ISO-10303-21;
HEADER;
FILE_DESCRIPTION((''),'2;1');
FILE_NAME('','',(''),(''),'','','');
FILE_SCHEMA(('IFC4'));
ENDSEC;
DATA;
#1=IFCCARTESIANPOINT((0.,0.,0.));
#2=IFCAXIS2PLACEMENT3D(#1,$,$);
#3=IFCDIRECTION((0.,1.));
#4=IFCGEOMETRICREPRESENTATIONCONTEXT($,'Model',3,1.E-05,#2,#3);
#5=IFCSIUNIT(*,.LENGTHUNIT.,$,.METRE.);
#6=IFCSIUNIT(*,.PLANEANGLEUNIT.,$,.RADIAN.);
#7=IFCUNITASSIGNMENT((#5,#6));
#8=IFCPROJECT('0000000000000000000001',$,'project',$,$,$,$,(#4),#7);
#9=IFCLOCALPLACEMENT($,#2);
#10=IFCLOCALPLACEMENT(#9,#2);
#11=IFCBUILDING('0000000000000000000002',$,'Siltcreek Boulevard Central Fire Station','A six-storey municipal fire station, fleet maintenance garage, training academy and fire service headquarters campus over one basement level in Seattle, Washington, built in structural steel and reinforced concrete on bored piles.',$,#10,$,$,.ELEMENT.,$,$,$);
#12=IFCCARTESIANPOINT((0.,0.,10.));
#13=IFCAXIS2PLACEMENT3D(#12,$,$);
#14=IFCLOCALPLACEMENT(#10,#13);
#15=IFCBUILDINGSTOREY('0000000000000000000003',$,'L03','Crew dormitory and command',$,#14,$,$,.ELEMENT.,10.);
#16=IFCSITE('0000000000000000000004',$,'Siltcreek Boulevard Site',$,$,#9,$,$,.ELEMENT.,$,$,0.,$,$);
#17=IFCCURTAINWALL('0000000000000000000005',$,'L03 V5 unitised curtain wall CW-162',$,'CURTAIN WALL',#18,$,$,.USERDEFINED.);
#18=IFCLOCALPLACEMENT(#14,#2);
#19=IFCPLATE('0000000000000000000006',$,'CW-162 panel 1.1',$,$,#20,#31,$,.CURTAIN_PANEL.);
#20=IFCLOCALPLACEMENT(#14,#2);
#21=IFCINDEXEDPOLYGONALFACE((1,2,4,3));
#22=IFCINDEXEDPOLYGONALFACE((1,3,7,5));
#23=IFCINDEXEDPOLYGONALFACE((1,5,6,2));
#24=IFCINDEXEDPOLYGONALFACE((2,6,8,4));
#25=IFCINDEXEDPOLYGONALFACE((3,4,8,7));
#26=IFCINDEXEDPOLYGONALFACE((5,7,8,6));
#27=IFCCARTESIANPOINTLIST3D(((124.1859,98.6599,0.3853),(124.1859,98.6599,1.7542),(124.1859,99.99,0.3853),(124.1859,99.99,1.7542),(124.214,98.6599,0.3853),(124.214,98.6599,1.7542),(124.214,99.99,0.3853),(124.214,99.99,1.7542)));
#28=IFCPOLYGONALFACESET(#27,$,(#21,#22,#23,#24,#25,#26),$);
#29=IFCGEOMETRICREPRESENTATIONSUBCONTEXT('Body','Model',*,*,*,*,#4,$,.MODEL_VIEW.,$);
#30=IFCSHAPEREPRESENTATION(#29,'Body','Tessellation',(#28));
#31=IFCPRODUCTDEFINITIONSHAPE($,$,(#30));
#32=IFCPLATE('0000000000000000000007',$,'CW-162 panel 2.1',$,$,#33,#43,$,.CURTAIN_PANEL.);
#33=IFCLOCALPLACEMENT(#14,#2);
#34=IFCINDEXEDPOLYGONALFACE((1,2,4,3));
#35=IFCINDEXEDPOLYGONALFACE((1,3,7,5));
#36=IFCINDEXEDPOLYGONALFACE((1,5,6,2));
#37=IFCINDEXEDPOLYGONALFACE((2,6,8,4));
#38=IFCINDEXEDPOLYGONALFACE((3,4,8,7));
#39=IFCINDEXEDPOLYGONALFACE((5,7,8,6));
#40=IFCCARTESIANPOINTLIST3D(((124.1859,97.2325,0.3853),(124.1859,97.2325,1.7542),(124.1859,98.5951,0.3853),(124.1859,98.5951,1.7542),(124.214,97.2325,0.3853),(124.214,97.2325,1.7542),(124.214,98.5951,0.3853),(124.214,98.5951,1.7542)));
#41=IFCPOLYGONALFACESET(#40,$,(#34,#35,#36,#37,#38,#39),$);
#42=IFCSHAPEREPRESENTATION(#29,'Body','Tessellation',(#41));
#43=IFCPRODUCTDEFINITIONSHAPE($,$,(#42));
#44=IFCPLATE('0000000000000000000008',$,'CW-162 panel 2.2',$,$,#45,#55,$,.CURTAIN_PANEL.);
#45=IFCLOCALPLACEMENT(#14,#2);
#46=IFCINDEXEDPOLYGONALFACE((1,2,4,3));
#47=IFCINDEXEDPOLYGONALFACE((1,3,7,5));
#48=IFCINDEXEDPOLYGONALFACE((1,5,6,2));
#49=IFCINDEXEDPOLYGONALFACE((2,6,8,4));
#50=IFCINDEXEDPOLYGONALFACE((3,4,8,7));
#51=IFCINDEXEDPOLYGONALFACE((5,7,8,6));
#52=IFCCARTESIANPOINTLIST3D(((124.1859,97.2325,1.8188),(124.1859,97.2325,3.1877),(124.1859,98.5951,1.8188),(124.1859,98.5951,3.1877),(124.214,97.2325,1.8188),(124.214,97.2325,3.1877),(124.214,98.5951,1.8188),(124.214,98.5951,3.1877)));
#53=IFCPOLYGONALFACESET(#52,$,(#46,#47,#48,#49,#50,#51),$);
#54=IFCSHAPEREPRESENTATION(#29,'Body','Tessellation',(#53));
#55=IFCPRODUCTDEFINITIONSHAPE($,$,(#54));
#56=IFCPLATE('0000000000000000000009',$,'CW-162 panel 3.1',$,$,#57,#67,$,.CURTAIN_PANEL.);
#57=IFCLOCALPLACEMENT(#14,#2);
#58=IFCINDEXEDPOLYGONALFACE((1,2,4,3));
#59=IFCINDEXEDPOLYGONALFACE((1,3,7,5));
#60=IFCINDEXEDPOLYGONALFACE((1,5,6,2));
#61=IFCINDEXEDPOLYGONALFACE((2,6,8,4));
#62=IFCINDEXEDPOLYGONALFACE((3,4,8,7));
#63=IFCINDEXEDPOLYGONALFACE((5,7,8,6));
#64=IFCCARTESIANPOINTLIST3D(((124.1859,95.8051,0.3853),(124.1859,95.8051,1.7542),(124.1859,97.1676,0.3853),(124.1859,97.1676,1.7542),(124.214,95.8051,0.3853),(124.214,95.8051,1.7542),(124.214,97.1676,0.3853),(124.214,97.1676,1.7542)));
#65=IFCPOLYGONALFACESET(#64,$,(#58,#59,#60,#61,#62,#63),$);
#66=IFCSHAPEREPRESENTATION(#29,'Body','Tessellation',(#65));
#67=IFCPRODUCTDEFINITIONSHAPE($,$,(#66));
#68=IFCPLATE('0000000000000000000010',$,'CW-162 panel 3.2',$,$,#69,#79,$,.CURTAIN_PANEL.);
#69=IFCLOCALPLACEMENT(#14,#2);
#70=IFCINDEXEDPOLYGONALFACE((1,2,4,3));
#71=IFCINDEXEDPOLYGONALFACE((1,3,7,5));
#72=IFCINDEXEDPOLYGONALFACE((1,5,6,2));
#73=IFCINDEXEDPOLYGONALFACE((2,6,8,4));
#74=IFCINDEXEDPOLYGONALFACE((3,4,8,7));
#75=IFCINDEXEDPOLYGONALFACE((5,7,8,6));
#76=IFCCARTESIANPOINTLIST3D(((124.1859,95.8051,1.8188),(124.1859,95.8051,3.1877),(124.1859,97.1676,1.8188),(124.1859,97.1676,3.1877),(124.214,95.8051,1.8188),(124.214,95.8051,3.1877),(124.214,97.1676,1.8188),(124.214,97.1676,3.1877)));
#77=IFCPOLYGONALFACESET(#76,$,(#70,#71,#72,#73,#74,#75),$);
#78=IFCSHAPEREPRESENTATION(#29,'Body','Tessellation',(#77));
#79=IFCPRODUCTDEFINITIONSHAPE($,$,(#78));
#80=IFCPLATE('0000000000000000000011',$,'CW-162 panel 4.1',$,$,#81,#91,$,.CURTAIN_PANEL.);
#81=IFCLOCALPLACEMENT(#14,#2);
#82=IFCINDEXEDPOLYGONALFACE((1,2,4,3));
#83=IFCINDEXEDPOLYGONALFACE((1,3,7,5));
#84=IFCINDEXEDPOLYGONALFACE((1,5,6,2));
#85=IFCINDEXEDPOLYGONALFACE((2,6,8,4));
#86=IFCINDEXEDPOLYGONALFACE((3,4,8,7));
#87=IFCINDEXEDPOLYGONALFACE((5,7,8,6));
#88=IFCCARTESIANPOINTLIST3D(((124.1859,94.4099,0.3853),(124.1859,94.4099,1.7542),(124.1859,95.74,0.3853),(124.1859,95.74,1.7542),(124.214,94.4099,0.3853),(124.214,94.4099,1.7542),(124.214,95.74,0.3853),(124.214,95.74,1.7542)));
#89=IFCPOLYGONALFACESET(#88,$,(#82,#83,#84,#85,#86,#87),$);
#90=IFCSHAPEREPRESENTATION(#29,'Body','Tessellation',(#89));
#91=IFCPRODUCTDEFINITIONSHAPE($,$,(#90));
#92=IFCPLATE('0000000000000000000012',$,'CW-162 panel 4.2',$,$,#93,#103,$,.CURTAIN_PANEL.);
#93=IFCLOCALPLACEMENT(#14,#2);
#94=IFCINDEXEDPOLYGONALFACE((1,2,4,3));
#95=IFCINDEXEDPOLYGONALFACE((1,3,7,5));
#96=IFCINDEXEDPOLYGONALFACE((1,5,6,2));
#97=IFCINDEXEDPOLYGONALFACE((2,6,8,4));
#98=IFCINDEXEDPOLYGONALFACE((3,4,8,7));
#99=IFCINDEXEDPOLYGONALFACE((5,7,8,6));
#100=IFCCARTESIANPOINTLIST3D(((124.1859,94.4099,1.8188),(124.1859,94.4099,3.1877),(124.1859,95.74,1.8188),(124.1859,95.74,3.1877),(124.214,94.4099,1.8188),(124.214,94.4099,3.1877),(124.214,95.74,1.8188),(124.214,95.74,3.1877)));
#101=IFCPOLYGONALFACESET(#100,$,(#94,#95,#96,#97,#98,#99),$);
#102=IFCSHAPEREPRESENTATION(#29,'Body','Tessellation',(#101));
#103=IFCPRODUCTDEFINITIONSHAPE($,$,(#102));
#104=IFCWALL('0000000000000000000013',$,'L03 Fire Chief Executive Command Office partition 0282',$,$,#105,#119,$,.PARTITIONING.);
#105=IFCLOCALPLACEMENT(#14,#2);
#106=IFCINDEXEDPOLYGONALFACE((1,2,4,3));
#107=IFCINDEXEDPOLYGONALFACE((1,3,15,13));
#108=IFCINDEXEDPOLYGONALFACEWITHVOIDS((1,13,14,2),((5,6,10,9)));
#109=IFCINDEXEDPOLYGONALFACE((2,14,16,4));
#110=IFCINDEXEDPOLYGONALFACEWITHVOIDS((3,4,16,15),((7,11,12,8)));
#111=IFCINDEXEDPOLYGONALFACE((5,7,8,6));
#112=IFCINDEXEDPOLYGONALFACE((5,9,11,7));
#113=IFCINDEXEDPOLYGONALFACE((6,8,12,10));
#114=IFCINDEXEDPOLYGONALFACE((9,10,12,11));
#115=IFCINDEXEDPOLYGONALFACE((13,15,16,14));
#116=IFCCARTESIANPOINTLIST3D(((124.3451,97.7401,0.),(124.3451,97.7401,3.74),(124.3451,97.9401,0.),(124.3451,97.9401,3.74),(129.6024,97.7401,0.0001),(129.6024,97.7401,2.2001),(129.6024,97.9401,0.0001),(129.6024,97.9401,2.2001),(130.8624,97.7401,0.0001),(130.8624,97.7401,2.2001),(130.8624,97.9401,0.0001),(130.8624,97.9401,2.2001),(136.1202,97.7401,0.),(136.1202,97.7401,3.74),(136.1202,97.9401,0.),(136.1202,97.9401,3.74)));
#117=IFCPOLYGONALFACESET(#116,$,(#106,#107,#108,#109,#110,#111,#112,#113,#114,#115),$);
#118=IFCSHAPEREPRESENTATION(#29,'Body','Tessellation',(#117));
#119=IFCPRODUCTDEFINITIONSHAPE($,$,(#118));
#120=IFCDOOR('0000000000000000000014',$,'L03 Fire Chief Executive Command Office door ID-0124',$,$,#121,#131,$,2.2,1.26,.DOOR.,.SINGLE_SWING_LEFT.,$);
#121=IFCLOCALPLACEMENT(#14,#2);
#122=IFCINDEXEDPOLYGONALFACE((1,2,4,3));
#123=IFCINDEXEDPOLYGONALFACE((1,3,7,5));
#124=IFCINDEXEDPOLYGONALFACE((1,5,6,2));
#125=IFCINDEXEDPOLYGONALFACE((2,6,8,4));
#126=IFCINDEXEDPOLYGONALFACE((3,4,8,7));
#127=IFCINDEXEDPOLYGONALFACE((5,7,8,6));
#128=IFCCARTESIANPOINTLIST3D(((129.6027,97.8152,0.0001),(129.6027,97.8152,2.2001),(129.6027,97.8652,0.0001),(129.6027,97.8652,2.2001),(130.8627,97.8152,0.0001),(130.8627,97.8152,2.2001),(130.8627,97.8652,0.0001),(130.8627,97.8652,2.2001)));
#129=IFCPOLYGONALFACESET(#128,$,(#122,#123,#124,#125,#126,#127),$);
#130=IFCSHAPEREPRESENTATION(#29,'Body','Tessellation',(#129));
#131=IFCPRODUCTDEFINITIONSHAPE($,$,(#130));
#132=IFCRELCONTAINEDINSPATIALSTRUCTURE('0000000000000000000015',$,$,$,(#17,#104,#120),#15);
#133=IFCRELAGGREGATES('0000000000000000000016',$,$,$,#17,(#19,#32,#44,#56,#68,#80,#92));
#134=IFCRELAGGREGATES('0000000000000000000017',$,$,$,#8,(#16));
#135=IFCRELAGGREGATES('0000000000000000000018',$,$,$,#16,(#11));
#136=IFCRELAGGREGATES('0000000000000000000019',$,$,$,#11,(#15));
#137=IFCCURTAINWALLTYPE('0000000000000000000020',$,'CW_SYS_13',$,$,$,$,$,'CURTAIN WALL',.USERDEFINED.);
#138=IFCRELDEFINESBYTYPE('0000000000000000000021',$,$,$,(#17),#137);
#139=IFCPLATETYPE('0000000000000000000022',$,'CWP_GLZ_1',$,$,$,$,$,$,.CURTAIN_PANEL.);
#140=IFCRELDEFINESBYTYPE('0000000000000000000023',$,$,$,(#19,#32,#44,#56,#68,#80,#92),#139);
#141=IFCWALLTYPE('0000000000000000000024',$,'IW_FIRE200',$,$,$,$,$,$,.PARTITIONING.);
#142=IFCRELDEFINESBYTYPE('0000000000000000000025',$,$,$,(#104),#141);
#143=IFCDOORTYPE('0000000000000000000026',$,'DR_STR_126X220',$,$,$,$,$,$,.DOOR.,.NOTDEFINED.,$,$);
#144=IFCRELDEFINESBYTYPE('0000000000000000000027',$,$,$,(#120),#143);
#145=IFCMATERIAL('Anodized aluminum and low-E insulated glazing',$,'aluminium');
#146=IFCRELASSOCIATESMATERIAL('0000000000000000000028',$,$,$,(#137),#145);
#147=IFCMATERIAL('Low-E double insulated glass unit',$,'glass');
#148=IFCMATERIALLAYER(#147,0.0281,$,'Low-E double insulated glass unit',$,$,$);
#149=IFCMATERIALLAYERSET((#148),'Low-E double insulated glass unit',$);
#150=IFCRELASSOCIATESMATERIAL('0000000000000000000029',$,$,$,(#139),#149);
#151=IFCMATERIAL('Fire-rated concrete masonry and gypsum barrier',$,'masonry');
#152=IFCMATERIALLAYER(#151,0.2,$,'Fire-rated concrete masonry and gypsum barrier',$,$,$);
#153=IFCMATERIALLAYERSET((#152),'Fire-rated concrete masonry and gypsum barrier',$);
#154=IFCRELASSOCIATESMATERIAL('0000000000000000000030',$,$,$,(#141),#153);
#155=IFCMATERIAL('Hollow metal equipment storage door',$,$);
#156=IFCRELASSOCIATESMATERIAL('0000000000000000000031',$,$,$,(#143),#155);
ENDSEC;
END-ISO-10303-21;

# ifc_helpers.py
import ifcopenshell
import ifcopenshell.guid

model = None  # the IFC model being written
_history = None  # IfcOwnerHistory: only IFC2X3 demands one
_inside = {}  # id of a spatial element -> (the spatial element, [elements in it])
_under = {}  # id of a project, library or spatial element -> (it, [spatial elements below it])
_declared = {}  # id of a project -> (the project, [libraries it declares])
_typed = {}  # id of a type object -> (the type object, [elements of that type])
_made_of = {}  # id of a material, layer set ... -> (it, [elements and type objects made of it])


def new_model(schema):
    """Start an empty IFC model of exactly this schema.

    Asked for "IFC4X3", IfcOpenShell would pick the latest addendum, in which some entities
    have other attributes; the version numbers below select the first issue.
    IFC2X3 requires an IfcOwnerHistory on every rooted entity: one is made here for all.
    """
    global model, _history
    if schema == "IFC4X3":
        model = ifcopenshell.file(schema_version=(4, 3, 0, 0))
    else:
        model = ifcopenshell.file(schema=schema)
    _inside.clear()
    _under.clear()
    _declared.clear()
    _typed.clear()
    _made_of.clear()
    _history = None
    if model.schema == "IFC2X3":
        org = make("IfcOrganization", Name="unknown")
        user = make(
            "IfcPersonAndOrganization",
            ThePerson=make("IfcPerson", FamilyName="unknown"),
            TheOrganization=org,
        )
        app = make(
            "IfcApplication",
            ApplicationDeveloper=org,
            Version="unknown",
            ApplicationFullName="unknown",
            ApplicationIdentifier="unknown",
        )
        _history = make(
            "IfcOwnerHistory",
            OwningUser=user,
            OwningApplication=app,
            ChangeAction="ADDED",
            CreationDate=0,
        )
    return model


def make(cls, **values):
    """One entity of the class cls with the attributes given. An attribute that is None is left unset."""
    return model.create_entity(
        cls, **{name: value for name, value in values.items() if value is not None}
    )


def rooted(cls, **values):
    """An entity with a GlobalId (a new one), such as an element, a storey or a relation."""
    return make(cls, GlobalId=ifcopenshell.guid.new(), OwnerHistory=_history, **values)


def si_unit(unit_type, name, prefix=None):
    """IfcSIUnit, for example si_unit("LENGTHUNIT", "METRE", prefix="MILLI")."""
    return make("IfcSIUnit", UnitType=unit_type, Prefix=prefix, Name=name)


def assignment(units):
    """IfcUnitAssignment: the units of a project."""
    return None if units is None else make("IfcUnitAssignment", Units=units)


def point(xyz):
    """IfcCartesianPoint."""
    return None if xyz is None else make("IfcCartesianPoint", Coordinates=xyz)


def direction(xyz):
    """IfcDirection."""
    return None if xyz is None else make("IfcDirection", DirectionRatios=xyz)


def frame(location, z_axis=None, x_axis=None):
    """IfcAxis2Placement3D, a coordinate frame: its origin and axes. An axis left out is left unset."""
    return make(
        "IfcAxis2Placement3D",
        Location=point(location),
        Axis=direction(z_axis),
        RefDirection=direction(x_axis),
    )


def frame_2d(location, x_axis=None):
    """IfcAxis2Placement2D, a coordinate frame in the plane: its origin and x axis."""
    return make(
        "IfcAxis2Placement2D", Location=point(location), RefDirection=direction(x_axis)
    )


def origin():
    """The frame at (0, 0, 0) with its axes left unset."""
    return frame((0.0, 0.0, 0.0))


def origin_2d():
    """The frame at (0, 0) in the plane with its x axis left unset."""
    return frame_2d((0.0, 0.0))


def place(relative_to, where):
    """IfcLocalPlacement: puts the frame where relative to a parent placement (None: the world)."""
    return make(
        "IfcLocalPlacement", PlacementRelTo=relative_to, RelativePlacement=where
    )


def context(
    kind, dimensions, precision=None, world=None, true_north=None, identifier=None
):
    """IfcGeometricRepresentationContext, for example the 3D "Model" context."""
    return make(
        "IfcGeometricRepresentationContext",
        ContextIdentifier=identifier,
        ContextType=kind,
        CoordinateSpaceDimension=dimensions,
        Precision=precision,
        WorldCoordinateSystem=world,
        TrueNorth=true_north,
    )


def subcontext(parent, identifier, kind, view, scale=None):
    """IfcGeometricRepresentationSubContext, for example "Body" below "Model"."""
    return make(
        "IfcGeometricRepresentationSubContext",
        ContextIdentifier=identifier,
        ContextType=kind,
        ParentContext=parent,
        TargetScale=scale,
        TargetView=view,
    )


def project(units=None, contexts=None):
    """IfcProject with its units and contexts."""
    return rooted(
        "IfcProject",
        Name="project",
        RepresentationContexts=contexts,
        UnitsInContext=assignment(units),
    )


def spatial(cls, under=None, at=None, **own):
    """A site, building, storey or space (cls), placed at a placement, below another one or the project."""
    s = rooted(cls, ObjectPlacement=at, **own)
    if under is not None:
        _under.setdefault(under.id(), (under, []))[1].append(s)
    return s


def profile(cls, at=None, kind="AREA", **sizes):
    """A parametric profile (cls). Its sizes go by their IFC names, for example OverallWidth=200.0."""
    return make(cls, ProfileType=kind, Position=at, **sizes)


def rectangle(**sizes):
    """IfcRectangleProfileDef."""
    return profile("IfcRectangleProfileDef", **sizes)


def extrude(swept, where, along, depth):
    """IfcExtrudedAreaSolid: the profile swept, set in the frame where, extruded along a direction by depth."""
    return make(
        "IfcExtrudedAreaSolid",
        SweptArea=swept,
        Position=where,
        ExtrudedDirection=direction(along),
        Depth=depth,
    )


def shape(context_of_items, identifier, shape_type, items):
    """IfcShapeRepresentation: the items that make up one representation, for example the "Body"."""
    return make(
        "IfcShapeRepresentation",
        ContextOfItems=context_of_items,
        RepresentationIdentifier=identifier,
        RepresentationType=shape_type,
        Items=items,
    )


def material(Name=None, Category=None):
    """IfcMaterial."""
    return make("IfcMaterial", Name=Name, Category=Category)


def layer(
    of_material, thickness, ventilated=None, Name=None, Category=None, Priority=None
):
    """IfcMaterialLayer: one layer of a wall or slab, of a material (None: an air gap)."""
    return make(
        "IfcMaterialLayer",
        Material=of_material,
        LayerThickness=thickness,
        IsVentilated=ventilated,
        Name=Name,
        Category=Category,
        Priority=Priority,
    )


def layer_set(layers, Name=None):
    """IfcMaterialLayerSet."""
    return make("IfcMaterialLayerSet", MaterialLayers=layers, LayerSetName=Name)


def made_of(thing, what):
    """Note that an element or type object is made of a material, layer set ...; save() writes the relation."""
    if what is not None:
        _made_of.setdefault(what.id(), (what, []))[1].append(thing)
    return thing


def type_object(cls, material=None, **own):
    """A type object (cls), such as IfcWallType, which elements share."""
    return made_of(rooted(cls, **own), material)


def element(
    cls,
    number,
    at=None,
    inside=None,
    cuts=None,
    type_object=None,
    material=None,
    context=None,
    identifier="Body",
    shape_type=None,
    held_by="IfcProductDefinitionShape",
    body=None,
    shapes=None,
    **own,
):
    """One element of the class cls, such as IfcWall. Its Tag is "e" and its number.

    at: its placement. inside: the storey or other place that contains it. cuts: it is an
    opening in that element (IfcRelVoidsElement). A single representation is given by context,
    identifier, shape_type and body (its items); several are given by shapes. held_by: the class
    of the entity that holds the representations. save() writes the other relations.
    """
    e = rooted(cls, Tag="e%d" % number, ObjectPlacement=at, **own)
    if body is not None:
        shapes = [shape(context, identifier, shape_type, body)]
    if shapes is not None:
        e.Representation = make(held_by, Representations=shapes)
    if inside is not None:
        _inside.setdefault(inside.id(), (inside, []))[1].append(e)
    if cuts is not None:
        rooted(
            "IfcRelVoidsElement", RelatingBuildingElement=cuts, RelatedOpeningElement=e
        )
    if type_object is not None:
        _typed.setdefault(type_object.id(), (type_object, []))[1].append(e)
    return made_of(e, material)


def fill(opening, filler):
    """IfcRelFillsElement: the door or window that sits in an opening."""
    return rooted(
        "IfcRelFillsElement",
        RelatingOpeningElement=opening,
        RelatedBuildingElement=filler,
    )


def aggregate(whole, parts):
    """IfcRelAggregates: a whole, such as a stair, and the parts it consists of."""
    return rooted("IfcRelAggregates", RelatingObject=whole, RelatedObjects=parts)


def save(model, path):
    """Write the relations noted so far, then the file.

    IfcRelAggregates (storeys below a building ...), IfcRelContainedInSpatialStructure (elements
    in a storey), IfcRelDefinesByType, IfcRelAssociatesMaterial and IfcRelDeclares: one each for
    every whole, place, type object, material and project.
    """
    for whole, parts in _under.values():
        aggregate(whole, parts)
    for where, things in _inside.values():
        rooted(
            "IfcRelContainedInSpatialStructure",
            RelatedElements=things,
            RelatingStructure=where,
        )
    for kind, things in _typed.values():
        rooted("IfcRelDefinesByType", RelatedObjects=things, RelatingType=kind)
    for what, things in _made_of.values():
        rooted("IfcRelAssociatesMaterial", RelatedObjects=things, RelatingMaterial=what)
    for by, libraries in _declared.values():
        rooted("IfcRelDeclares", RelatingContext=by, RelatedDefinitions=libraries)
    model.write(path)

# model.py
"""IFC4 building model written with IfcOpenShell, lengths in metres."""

from ifc_helpers import new_model, si_unit, direction, frame, frame_2d, origin, origin_2d, place, context, subcontext, project, spatial, rectangle, extrude, material, layer, layer_set, type_object, element, fill, aggregate, save


model = new_model("IFC4")

# Units and contexts
model_context = context("Model", 3, precision=1e-05, world=origin(), true_north=direction((0.0, 1.0)))
body_context = subcontext(model_context, "Body", "Model", "MODEL_VIEW")
ifc_project = project(units=[si_unit("LENGTHUNIT", "METRE"), si_unit("PLANEANGLEUNIT", "RADIAN")], contexts=[model_context])

# Site, building, storey
site_placement = place(None, origin())
site = spatial("IfcSite", under=ifc_project, at=site_placement, Name="Siltcreek Boulevard Site", CompositionType="ELEMENT", RefElevation=0.0)
building_placement = place(site_placement, origin())
building = spatial("IfcBuilding", under=site, at=building_placement, Name="Siltcreek Boulevard Central Fire Station", Description="A six-storey municipal fire station, fleet maintenance garage, training academy and fire service headquarters campus over one basement level in Seattle, Washington, built in structural steel and reinforced concrete on bored piles.", CompositionType="ELEMENT")
storey_placement = place(building_placement, frame((0.0, 0.0, 10.0)))
storey = spatial("IfcBuildingStorey", under=building, at=storey_placement, Name="L03", Description="Crew dormitory and command", CompositionType="ELEMENT", Elevation=10.0)

# Curtain wall, plates
ifc_material_1 = material(Name="Anodized aluminum and low-E insulated glazing", Category="aluminium")
curtain_wall_type = type_object("IfcCurtainWallType", Name="CW_SYS_13", ElementType="CURTAIN WALL", PredefinedType="USERDEFINED", material=ifc_material_1)
curtain_wall_placement = place(storey_placement, origin())
curtain_wall = element("IfcCurtainWall", 1, at=curtain_wall_placement, inside=storey, type_object=curtain_wall_type, Name="L03 V5 unitised curtain wall CW-162", ObjectType="CURTAIN WALL", PredefinedType="USERDEFINED")
ifc_material_2 = material(Name="Low-E double insulated glass unit", Category="glass")
ifc_layer_1 = layer(ifc_material_2, 0.0281, Name="Low-E double insulated glass unit")
ifc_layer_set_1 = layer_set([ifc_layer_1], Name="Low-E double insulated glass unit")
plate_type = type_object("IfcPlateType", Name="CWP_GLZ_1", PredefinedType="CURTAIN_PANEL", material=ifc_layer_set_1)
plate_1_placement = place(storey_placement, frame((124.2, 99.325, 0.3853), z_axis=(0.0, 0.0, 1.0), x_axis=(0.0, -1.0, 0.0)))
plate_1 = element("IfcPlate", 2, at=plate_1_placement, type_object=plate_type, Name="CW-162 panel 1.1", PredefinedType="CURTAIN_PANEL", context=body_context, shape_type="SweptSolid", body=[
    extrude(rectangle(XDim=1.3301, YDim=0.0281, at=origin_2d()), origin(), (0.0, 0.0, 1.0), 1.3689),
])
plate_2_placement = place(storey_placement, frame((124.2, 97.9138, 0.3853), z_axis=(0.0, 0.0, 1.0), x_axis=(0.0, -1.0, 0.0)))
plate_2 = element("IfcPlate", 3, at=plate_2_placement, type_object=plate_type, Name="CW-162 panel 2.1", PredefinedType="CURTAIN_PANEL", context=body_context, shape_type="SweptSolid", body=[
    extrude(rectangle(XDim=1.3625, YDim=0.0281, at=origin_2d()), origin(), (0.0, 0.0, 1.0), 1.3689),
])
plate_3_placement = place(storey_placement, frame((124.2, 97.9138, 1.8188), z_axis=(0.0, 0.0, 1.0), x_axis=(0.0, -1.0, 0.0)))
plate_3 = element("IfcPlate", 4, at=plate_3_placement, type_object=plate_type, Name="CW-162 panel 2.2", PredefinedType="CURTAIN_PANEL", context=body_context, shape_type="SweptSolid", body=[
    extrude(rectangle(XDim=1.3625, YDim=0.0281, at=origin_2d()), origin(), (0.0, 0.0, 1.0), 1.3689),
])
plate_4_placement = place(storey_placement, frame((124.2, 96.4863, 0.3853), z_axis=(0.0, 0.0, 1.0), x_axis=(0.0, -1.0, 0.0)))
plate_4 = element("IfcPlate", 5, at=plate_4_placement, type_object=plate_type, Name="CW-162 panel 3.1", PredefinedType="CURTAIN_PANEL", context=body_context, shape_type="SweptSolid", body=[
    extrude(rectangle(XDim=1.3625, YDim=0.0281, at=origin_2d()), origin(), (0.0, 0.0, 1.0), 1.3689),
])
plate_5_placement = place(storey_placement, frame((124.2, 96.4863, 1.8188), z_axis=(0.0, 0.0, 1.0), x_axis=(0.0, -1.0, 0.0)))
plate_5 = element("IfcPlate", 6, at=plate_5_placement, type_object=plate_type, Name="CW-162 panel 3.2", PredefinedType="CURTAIN_PANEL", context=body_context, shape_type="SweptSolid", body=[
    extrude(rectangle(XDim=1.3625, YDim=0.0281, at=origin_2d()), origin(), (0.0, 0.0, 1.0), 1.3689),
])
plate_6_placement = place(storey_placement, frame((124.2, 95.075, 0.3853), z_axis=(0.0, 0.0, 1.0), x_axis=(0.0, -1.0, 0.0)))
plate_6 = element("IfcPlate", 7, at=plate_6_placement, type_object=plate_type, Name="CW-162 panel 4.1", PredefinedType="CURTAIN_PANEL", context=body_context, shape_type="SweptSolid", body=[
    extrude(rectangle(XDim=1.3301, YDim=0.0281, at=origin_2d()), origin(), (0.0, 0.0, 1.0), 1.3689),
])
plate_7_placement = place(storey_placement, frame((124.2, 95.075, 1.8188), z_axis=(0.0, 0.0, 1.0), x_axis=(0.0, -1.0, 0.0)))
plate_7 = element("IfcPlate", 8, at=plate_7_placement, type_object=plate_type, Name="CW-162 panel 4.2", PredefinedType="CURTAIN_PANEL", context=body_context, shape_type="SweptSolid", body=[
    extrude(rectangle(XDim=1.3301, YDim=0.0281, at=origin_2d()), origin(), (0.0, 0.0, 1.0), 1.3689),
])
aggregate(curtain_wall, [plate_1, plate_2, plate_3, plate_4, plate_5, plate_6, plate_7])

# Wall, opening, door
ifc_material_3 = material(Name="Fire-rated concrete masonry and gypsum barrier", Category="masonry")
ifc_layer_2 = layer(ifc_material_3, 0.2, Name="Fire-rated concrete masonry and gypsum barrier")
ifc_layer_set_2 = layer_set([ifc_layer_2], Name="Fire-rated concrete masonry and gypsum barrier")
wall_type = type_object("IfcWallType", Name="IW_FIRE200", PredefinedType="PARTITIONING", material=ifc_layer_set_2)
wall_placement = place(storey_placement, frame((124.345, 97.8401, 0.0), z_axis=(0.0, 0.0, 1.0), x_axis=(1.0, 0.0, 0.0)))
wall = element("IfcWall", 9, at=wall_placement, inside=storey, type_object=wall_type, Name="L03 Fire Chief Executive Command Office partition 0282", PredefinedType="PARTITIONING", context=body_context, shape_type="SweptSolid", body=[
    extrude(rectangle(XDim=11.7751, YDim=0.2, at=frame_2d((5.8877, 0.0))), origin(), (0.0, 0.0, 1.0), 3.74),
])
opening_placement = place(wall_placement, frame((5.2576, 0.0, 0.0)))
opening = element("IfcOpeningElement", 10, at=opening_placement, cuts=wall, PredefinedType="OPENING", context=body_context, shape_type="SweptSolid", body=[
    extrude(rectangle(XDim=1.26, YDim=2.2, at=frame_2d((0.6299, 1.1001))), frame((0.0, 0.1099, 0.0), z_axis=(0.0, -1.0, 0.0), x_axis=(1.0, 0.0, 0.0)), (0.0, 0.0, 1.0), 0.22),
])
ifc_material_4 = material(Name="Hollow metal equipment storage door")
door_type = type_object("IfcDoorType", Name="DR_STR_126X220", OperationType="NOTDEFINED", PredefinedType="DOOR", material=ifc_material_4)
door_placement = place(opening_placement, frame((1.26, 0.0, 0.0), z_axis=(0.0, 0.0, 1.0), x_axis=(-1.0, 0.0, 0.0)))
door = element("IfcDoor", 11, at=door_placement, inside=storey, type_object=door_type, Name="L03 Fire Chief Executive Command Office door ID-0124", OperationType="SINGLE_SWING_LEFT", OverallHeight=2.2, OverallWidth=1.26, PredefinedType="DOOR", context=body_context, shape_type="SweptSolid", body=[
    extrude(rectangle(XDim=1.26, YDim=2.2, at=frame_2d((0.6299, 1.1001))), frame((0.0, 0.0249, 0.0), z_axis=(0.0, -1.0, 0.0), x_axis=(1.0, 0.0, 0.0)), (0.0, 0.0, 1.0), 0.05),
])
fill(opening, door)

save(model, "model.ifc")
